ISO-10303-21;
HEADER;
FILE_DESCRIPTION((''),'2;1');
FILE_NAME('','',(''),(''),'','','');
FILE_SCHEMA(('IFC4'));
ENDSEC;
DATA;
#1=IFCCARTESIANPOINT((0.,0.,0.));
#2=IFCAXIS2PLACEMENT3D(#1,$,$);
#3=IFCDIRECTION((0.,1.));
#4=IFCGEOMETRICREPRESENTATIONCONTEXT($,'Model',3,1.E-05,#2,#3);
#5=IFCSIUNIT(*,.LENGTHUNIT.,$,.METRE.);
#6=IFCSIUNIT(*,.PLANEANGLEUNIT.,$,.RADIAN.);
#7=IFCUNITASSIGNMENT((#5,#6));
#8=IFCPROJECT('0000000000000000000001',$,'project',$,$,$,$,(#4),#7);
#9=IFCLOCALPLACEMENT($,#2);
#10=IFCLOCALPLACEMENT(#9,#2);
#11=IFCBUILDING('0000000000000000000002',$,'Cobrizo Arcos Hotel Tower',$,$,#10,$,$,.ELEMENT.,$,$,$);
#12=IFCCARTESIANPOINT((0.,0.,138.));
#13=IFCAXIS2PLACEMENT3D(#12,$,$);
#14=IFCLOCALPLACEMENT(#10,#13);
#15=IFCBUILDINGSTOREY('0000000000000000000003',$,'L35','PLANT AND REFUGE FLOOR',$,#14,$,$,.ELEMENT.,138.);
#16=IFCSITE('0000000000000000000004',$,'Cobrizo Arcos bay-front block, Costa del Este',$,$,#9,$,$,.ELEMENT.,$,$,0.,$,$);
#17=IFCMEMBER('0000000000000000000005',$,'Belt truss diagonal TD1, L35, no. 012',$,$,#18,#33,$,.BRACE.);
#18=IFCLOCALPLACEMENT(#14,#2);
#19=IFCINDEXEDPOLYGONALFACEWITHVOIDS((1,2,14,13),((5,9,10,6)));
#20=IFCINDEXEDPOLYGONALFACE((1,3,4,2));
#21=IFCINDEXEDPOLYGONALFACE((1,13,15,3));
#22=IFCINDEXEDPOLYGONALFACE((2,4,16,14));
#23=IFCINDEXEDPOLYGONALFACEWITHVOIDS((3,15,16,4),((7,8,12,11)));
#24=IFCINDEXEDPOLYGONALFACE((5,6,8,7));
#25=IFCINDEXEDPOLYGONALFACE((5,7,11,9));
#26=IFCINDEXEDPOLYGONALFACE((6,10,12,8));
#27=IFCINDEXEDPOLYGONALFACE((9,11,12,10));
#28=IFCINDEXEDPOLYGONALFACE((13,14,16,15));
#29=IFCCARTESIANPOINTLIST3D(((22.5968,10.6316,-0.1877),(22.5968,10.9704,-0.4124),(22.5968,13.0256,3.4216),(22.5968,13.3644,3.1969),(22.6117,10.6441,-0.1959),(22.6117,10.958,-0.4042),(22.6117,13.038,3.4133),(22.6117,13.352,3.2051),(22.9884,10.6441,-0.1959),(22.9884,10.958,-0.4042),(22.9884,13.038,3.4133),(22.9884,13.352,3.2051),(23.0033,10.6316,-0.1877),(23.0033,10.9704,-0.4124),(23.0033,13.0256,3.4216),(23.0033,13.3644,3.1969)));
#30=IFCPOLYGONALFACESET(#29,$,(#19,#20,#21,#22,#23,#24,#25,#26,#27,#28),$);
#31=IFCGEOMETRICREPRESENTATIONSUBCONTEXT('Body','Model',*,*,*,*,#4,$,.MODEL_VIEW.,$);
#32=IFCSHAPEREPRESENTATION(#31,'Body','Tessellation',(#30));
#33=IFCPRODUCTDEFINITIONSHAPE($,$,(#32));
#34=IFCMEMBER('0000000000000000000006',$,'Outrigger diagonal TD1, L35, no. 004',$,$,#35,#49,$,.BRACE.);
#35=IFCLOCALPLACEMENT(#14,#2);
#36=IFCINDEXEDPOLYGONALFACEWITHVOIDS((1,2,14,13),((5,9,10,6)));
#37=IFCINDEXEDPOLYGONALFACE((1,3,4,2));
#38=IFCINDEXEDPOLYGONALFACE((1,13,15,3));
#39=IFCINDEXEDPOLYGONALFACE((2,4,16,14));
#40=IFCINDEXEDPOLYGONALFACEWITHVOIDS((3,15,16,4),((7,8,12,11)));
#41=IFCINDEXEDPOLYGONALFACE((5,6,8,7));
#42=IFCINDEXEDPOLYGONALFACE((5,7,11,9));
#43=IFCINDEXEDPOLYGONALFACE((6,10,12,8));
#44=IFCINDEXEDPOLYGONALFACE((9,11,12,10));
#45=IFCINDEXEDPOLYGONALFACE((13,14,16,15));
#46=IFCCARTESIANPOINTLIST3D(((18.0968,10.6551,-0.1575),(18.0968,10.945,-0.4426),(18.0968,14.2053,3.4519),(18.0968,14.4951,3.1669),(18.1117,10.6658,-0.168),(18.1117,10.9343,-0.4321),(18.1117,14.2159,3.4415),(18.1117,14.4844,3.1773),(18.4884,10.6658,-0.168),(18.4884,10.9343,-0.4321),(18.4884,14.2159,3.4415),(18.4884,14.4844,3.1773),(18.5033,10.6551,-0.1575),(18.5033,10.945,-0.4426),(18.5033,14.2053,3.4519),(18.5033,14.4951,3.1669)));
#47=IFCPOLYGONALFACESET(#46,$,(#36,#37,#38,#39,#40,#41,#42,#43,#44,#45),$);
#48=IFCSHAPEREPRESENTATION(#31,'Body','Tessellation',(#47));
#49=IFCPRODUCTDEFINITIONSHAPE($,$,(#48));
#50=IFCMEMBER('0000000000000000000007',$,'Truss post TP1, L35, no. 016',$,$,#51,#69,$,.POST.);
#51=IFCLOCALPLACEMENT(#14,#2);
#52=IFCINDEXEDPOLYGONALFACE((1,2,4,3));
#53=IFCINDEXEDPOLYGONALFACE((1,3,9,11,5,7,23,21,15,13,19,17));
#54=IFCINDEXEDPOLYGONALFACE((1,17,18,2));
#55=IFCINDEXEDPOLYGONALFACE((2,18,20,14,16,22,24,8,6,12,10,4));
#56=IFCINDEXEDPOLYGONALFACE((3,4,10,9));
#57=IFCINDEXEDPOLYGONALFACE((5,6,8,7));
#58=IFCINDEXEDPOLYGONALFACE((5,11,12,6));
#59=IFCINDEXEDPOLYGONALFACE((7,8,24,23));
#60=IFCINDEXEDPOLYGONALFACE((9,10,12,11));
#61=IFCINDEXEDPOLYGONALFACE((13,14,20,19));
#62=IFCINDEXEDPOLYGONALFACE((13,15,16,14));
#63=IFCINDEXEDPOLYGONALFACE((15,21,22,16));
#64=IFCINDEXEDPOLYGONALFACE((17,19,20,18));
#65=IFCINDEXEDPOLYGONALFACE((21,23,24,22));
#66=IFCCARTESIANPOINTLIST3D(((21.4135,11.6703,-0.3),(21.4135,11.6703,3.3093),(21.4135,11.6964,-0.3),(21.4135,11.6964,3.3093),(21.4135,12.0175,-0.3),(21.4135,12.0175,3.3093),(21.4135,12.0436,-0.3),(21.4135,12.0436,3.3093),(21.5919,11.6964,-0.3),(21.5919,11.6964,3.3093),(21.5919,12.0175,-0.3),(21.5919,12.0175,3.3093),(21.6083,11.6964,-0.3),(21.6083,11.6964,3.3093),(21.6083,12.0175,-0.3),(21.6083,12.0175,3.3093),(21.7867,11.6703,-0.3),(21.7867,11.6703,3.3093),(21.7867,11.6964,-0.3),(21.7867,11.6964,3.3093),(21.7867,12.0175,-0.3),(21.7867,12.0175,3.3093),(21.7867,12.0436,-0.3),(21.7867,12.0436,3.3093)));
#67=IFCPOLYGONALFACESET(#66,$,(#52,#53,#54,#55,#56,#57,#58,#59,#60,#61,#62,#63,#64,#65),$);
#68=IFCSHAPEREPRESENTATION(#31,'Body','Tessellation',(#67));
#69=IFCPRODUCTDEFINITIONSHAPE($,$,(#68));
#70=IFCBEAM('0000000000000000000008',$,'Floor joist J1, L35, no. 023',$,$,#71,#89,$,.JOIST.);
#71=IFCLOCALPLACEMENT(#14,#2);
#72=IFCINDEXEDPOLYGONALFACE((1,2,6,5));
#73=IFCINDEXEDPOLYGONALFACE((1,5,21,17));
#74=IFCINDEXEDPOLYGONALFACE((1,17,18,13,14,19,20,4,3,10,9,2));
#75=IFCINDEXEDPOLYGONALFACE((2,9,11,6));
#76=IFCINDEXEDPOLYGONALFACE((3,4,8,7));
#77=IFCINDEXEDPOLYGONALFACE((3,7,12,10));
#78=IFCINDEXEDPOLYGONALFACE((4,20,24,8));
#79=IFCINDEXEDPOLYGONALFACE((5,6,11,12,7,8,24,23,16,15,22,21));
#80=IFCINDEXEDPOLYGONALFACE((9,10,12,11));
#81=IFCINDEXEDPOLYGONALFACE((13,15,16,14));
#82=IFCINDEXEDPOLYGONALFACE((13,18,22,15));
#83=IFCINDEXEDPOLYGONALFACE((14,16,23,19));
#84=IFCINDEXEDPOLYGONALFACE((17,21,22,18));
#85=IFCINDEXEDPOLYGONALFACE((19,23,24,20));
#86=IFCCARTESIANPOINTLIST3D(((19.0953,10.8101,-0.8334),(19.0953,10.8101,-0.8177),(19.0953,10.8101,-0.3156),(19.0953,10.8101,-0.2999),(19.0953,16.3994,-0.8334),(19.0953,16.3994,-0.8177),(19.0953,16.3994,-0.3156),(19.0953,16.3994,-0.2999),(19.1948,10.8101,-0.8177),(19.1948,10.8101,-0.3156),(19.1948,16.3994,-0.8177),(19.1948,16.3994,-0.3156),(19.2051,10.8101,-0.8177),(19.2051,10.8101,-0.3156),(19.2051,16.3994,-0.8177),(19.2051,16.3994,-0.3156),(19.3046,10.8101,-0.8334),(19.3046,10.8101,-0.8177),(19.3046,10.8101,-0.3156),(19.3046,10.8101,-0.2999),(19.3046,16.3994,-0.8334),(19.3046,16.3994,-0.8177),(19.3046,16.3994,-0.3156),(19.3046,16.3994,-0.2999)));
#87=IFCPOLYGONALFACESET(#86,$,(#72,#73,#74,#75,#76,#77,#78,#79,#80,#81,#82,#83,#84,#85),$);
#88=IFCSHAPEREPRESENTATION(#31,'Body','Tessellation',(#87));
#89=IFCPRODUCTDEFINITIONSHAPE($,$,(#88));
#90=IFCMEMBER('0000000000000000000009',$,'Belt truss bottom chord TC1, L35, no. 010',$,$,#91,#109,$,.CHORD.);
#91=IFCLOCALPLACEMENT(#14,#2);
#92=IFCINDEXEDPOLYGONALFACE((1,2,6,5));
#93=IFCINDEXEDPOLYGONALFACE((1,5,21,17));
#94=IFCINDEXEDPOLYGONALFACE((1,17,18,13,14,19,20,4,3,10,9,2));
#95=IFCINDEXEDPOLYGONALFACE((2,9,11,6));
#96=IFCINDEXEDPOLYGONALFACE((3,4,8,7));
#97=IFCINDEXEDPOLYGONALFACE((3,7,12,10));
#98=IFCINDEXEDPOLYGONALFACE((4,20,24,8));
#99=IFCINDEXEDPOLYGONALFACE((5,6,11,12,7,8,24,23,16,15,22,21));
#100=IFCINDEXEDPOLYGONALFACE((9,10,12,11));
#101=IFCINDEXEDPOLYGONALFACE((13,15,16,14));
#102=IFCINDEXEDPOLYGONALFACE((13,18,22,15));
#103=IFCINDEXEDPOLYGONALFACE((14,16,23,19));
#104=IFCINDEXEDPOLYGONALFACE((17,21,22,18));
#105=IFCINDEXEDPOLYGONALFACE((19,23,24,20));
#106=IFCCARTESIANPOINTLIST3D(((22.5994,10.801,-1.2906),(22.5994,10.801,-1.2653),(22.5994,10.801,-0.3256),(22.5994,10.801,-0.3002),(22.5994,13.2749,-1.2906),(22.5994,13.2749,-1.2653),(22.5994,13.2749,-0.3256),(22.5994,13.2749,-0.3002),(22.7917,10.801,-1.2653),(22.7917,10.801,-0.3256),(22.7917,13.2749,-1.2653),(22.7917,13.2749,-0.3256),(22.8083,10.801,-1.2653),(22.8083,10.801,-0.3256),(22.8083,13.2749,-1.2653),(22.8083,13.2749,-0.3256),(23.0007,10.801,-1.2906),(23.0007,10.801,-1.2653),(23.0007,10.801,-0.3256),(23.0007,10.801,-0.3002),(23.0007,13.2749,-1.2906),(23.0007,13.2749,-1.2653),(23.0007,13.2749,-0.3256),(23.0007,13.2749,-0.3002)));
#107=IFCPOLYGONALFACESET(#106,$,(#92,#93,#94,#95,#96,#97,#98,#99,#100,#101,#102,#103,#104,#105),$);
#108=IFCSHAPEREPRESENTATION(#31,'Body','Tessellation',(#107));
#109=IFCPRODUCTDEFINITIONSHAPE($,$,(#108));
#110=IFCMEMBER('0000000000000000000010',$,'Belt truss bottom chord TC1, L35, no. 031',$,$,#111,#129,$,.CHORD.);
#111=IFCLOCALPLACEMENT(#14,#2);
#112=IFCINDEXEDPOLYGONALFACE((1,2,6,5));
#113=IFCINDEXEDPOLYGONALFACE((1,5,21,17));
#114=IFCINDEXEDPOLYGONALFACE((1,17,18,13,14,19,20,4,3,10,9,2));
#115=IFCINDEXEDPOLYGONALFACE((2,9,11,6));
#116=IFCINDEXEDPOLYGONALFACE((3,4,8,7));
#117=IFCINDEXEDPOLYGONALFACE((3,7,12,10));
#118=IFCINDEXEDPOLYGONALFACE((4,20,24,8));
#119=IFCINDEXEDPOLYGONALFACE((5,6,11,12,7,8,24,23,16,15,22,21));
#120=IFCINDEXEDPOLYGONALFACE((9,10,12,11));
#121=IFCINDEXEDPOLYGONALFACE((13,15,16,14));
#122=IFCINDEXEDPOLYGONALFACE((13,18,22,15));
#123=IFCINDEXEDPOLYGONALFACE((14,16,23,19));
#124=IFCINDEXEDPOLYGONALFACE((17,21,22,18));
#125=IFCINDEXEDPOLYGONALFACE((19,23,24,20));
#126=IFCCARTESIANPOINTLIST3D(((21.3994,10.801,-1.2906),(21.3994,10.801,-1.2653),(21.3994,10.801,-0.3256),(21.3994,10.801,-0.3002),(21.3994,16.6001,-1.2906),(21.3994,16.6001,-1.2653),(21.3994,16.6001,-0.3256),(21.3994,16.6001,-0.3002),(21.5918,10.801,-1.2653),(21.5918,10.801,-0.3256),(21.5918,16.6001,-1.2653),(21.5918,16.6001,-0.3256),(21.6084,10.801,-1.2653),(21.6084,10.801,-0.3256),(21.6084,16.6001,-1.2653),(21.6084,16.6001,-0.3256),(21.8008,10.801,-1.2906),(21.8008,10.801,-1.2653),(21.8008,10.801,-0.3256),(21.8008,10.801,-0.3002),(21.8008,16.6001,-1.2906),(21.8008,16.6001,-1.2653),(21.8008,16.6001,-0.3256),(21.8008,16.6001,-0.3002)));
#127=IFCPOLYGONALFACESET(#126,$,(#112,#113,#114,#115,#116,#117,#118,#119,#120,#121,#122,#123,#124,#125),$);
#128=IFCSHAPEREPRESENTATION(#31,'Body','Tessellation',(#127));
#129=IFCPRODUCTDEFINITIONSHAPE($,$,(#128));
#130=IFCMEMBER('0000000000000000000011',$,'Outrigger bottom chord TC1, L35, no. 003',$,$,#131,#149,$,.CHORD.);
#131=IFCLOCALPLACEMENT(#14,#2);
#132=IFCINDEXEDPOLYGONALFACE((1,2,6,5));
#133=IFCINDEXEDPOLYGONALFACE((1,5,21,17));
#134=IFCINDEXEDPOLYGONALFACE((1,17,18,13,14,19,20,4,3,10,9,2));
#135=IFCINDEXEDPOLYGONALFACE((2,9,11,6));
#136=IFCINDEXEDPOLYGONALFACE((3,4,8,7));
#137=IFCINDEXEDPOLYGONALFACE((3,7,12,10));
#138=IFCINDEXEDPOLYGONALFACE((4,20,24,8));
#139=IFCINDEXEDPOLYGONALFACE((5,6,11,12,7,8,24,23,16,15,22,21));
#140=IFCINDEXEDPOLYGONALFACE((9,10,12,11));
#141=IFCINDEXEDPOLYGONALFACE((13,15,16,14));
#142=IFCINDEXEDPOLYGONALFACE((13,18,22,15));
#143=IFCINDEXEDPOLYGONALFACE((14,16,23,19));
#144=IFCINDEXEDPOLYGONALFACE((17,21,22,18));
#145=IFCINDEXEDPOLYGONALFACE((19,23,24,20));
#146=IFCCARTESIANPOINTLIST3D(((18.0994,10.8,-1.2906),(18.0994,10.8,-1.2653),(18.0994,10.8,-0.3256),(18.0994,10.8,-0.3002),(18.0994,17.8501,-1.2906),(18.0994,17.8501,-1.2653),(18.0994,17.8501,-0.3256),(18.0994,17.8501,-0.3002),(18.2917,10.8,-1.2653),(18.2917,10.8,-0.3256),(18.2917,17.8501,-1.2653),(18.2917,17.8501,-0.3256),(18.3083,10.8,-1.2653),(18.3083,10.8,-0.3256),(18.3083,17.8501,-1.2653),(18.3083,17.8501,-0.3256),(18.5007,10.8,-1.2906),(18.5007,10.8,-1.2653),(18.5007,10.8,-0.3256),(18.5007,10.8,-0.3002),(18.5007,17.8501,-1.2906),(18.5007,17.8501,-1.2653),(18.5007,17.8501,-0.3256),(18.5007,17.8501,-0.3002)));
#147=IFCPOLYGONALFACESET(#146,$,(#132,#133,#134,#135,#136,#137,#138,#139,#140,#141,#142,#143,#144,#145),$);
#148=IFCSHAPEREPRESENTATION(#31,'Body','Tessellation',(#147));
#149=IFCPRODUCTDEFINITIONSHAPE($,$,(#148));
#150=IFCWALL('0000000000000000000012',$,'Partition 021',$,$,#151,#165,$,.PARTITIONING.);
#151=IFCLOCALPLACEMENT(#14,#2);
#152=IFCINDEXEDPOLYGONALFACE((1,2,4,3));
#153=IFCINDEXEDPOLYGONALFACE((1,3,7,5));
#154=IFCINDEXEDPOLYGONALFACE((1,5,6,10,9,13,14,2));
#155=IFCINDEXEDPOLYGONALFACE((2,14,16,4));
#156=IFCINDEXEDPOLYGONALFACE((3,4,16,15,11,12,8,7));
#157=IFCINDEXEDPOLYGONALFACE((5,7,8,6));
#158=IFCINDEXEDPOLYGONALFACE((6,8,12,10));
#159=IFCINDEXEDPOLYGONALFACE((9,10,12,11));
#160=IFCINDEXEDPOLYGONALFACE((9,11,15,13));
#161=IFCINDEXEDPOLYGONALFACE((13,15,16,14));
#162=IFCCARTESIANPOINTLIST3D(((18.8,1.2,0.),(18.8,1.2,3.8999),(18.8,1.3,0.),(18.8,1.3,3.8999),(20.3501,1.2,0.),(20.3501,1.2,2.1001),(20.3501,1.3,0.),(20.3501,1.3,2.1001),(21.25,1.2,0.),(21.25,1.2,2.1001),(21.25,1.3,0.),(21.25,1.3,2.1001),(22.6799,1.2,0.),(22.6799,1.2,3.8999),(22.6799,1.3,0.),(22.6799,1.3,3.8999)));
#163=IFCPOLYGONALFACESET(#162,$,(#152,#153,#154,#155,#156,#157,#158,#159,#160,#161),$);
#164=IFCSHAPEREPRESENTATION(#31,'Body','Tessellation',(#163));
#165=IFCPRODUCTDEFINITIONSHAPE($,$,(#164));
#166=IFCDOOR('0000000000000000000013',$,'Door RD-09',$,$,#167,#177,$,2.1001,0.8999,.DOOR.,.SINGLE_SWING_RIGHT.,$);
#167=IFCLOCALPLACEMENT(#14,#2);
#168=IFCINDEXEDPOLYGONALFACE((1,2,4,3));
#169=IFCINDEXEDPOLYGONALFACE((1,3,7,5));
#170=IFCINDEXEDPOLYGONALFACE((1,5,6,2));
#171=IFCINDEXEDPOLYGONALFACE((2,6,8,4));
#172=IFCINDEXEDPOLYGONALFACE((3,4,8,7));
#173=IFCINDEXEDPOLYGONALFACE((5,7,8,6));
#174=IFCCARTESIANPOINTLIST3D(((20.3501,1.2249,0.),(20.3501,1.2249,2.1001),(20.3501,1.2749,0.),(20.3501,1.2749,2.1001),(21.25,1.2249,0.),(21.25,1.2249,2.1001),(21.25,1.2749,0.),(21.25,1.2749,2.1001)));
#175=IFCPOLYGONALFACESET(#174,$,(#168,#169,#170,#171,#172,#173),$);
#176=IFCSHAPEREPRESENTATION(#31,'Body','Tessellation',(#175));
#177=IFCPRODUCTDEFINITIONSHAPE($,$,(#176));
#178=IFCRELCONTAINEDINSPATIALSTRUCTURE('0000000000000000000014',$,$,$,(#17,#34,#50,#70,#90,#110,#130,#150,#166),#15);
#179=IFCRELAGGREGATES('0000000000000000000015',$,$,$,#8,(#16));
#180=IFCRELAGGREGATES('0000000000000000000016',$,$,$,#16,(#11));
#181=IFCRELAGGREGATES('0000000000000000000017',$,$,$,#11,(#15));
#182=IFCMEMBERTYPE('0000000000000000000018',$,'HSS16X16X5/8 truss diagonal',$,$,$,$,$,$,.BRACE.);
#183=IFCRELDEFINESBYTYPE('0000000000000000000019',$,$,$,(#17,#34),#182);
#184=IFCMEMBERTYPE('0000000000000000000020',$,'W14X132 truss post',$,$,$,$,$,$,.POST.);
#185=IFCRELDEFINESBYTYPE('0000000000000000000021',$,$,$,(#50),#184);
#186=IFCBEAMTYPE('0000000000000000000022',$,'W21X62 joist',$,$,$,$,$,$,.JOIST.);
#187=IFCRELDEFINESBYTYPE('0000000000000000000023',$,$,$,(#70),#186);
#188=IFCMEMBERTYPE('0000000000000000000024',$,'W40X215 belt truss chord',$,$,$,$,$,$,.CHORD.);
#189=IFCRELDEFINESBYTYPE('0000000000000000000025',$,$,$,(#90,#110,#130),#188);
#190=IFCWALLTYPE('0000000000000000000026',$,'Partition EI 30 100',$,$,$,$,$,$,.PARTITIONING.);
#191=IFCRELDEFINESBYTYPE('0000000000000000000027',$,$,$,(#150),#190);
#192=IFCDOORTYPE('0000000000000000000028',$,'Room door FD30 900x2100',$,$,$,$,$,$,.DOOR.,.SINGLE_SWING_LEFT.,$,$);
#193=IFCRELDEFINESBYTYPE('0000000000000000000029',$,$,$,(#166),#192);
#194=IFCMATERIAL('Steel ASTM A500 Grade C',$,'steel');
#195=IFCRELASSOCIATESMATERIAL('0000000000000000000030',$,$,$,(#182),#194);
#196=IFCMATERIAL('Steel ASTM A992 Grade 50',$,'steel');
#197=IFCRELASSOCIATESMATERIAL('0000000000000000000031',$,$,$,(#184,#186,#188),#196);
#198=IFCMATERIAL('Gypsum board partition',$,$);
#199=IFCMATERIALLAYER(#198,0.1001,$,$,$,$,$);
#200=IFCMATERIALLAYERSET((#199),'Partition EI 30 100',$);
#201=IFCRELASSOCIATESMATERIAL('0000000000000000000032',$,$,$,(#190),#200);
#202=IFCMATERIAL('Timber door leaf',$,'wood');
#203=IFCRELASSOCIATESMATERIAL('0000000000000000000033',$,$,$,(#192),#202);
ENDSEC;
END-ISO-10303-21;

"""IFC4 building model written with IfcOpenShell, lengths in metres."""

from ifc_helpers import new_model, si_unit, direction, frame, frame_2d, origin, origin_2d, place, context, subcontext, project, spatial, rectangle, hollow_rectangle, i_section, extrude, material, layer, layer_set, material_profile, profile_set, type_object, element, fill, save


model = new_model("IFC4")

# Units and contexts
model_context = context("Model", 3, precision=1e-05, world=origin(), true_north=direction((0.0, 1.0)))
body_context = subcontext(model_context, "Body", "Model", "MODEL_VIEW")
ifc_project = project(units=[si_unit("LENGTHUNIT", "METRE"), si_unit("PLANEANGLEUNIT", "RADIAN")], contexts=[model_context])

# Site, building, storey
site_placement = place(None, origin())
site = spatial("IfcSite", under=ifc_project, at=site_placement, Name="Cobrizo Arcos bay-front block, Costa del Este", CompositionType="ELEMENT", RefElevation=0.0)
building_placement = place(site_placement, origin())
building = spatial("IfcBuilding", under=site, at=building_placement, Name="Cobrizo Arcos Hotel Tower", CompositionType="ELEMENT")
storey_placement = place(building_placement, frame((0.0, 0.0, 138.0)))
storey = spatial("IfcBuildingStorey", under=building, at=storey_placement, Name="L35", Description="PLANT AND REFUGE FLOOR", CompositionType="ELEMENT", Elevation=138.0)

# Members
ifc_material_1 = material(Name="Steel ASTM A500 Grade C", Category="steel")
ifc_material_profile_1 = material_profile(ifc_material_1, hollow_rectangle(XDim=0.4065, YDim=0.4065, WallThickness=0.0149, at=origin_2d()), Name="HSS16X16X5/8")
ifc_profile_set_1 = profile_set([ifc_material_profile_1], Name="Steel ASTM A500 Grade C")
member_type_1 = type_object("IfcMemberType", Name="HSS16X16X5/8 truss diagonal", PredefinedType="BRACE", material=ifc_profile_set_1)
member_1_placement = place(storey_placement, frame((22.8, 10.801, -0.3), z_axis=(0.0, 0.552747, 0.833349), x_axis=(-1.0, 0.0, 0.0)))
element("IfcMember", 1, at=member_1_placement, inside=storey, type_object=member_type_1, Name="Belt truss diagonal TD1, L35, no. 012", PredefinedType="BRACE", context=body_context, shape_type="SweptSolid", body=[
    extrude(hollow_rectangle(XDim=0.4065, YDim=0.4065, WallThickness=0.0149, at=origin_2d()), origin(), (0.0, 0.0, 1.0), 4.3311),
])
member_2_placement = place(storey_placement, frame((18.3, 10.8, -0.3), z_axis=(0.0, 0.701223, 0.712942), x_axis=(-1.0, 0.0, 0.0)))
element("IfcMember", 2, at=member_2_placement, inside=storey, type_object=member_type_1, Name="Outrigger diagonal TD1, L35, no. 004", PredefinedType="BRACE", context=body_context, shape_type="SweptSolid", body=[
    extrude(hollow_rectangle(XDim=0.4065, YDim=0.4065, WallThickness=0.0149, at=origin_2d()), origin(), (0.0, 0.0, 1.0), 5.0627),
])
ifc_material_2 = material(Name="Steel ASTM A992 Grade 50", Category="steel")
ifc_material_profile_2 = material_profile(ifc_material_2, i_section(OverallWidth=0.3733, OverallDepth=0.3733, WebThickness=0.0164, FlangeThickness=0.0261, at=origin_2d()), Name="W14X132")
ifc_profile_set_2 = profile_set([ifc_material_profile_2], Name="Steel ASTM A992 Grade 50")
member_type_2 = type_object("IfcMemberType", Name="W14X132 truss post", PredefinedType="POST", material=ifc_profile_set_2)
member_3_placement = place(storey_placement, frame((21.6001, 11.8569, -0.3), z_axis=(0.0, 0.0, 1.0), x_axis=(1.0, 0.0, 0.0)))
element("IfcMember", 3, at=member_3_placement, inside=storey, type_object=member_type_2, Name="Truss post TP1, L35, no. 016", PredefinedType="POST", context=body_context, shape_type="SweptSolid", body=[
    extrude(i_section(OverallWidth=0.3733, OverallDepth=0.3733, WebThickness=0.0164, FlangeThickness=0.0261, at=origin_2d()), origin(), (0.0, 0.0, 1.0), 3.6094),
])

# Beam
ifc_material_profile_3 = material_profile(ifc_material_2, i_section(OverallWidth=0.2092, OverallDepth=0.5334, WebThickness=0.0103, FlangeThickness=0.0156, at=origin_2d()), Name="W21X62")
ifc_profile_set_3 = profile_set([ifc_material_profile_3], Name="Steel ASTM A992 Grade 50")
beam_type = type_object("IfcBeamType", Name="W21X62 joist", PredefinedType="JOIST", material=ifc_profile_set_3)
beam_placement = place(storey_placement, frame((19.2, 10.8101, -0.5667), z_axis=(0.0, 1.0, 0.0), x_axis=(-1.0, 0.0, 0.0)))
element("IfcBeam", 4, at=beam_placement, inside=storey, type_object=beam_type, Name="Floor joist J1, L35, no. 023", PredefinedType="JOIST", context=body_context, shape_type="SweptSolid", body=[
    extrude(i_section(OverallWidth=0.2092, OverallDepth=0.5334, WebThickness=0.0103, FlangeThickness=0.0156, at=origin_2d()), origin(), (0.0, 0.0, 1.0), 5.5894),
])

# Members
ifc_material_profile_4 = material_profile(ifc_material_2, i_section(OverallWidth=0.4014, OverallDepth=0.9905, WebThickness=0.0166, FlangeThickness=0.0254, at=origin_2d()), Name="W40X215")
ifc_profile_set_4 = profile_set([ifc_material_profile_4], Name="Steel ASTM A992 Grade 50")
member_type_3 = type_object("IfcMemberType", Name="W40X215 belt truss chord", PredefinedType="CHORD", material=ifc_profile_set_4)
member_4_placement = place(storey_placement, frame((22.8, 10.801, -0.7954), z_axis=(0.0, 1.0, 0.0), x_axis=(-1.0, 0.0, 0.0)))
element("IfcMember", 5, at=member_4_placement, inside=storey, type_object=member_type_3, Name="Belt truss bottom chord TC1, L35, no. 010", PredefinedType="CHORD", context=body_context, shape_type="SweptSolid", body=[
    extrude(i_section(OverallWidth=0.4014, OverallDepth=0.9905, WebThickness=0.0166, FlangeThickness=0.0254, at=origin_2d()), origin(), (0.0, 0.0, 1.0), 2.4739),
])
member_5_placement = place(storey_placement, frame((21.6001, 10.801, -0.7954), z_axis=(0.0, 1.0, 0.0), x_axis=(-1.0, 0.0, 0.0)))
element("IfcMember", 6, at=member_5_placement, inside=storey, type_object=member_type_3, Name="Belt truss bottom chord TC1, L35, no. 031", PredefinedType="CHORD", context=body_context, shape_type="SweptSolid", body=[
    extrude(i_section(OverallWidth=0.4014, OverallDepth=0.9905, WebThickness=0.0166, FlangeThickness=0.0254, at=origin_2d()), origin(), (0.0, 0.0, 1.0), 5.7991),
])
member_6_placement = place(storey_placement, frame((18.3, 10.8, -0.7954), z_axis=(0.0, 1.0, 0.0), x_axis=(-1.0, 0.0, 0.0)))
element("IfcMember", 7, at=member_6_placement, inside=storey, type_object=member_type_3, Name="Outrigger bottom chord TC1, L35, no. 003", PredefinedType="CHORD", context=body_context, shape_type="SweptSolid", body=[
    extrude(i_section(OverallWidth=0.4014, OverallDepth=0.9905, WebThickness=0.0166, FlangeThickness=0.0254, at=origin_2d()), origin(), (0.0, 0.0, 1.0), 7.05),
])

# Wall, opening, door
ifc_material_3 = material(Name="Gypsum board partition")
ifc_layer_1 = layer(ifc_material_3, 0.1001)
ifc_layer_set_1 = layer_set([ifc_layer_1], Name="Partition EI 30 100")
wall_type_1 = type_object("IfcWallType", Name="Partition EI 30 100", PredefinedType="PARTITIONING", material=ifc_layer_set_1)
wall_1_placement = place(storey_placement, frame((18.8, 1.25, 0.0), z_axis=(0.0, 0.0, 1.0), x_axis=(1.0, 0.0, 0.0)))
wall_1 = element("IfcWall", 8, at=wall_1_placement, inside=storey, type_object=wall_type_1, Name="Partition 021", PredefinedType="PARTITIONING", context=body_context, shape_type="SweptSolid", body=[
    extrude(rectangle(XDim=3.8799, YDim=0.1001, at=frame_2d((1.9399, 0.0))), origin(), (0.0, 0.0, 1.0), 3.8999),
])
opening_1_placement = place(wall_1_placement, frame((1.55, 0.0, 0.0)))
opening_1 = element("IfcOpeningElement", 9, at=opening_1_placement, cuts=wall_1, PredefinedType="OPENING", context=body_context, shape_type="SweptSolid", body=[
    extrude(rectangle(XDim=0.8999, YDim=2.1001, at=frame_2d((0.45, 1.05))), frame((0.0, 0.062, 0.0), z_axis=(0.0, -1.0, 0.0), x_axis=(1.0, 0.0, 0.0)), (0.0, 0.0, 1.0), 0.124),
])
ifc_material_4 = material(Name="Timber door leaf", Category="wood")
door_type = type_object("IfcDoorType", Name="Room door FD30 900x2100", OperationType="SINGLE_SWING_LEFT", PredefinedType="DOOR", material=ifc_material_4)
door_1_placement = place(opening_1_placement, origin())
door_1 = element("IfcDoor", 10, at=door_1_placement, inside=storey, type_object=door_type, Name="Door RD-09", OperationType="SINGLE_SWING_RIGHT", OverallHeight=2.1001, OverallWidth=0.8999, PredefinedType="DOOR", context=body_context, shape_type="SweptSolid", body=[
    extrude(rectangle(XDim=0.8999, YDim=2.1001, at=frame_2d((0.45, 1.05))), frame((0.0, 0.0249, 0.0), z_axis=(0.0, -1.0, 0.0), x_axis=(1.0, 0.0, 0.0)), (0.0, 0.0, 1.0), 0.05),
])
fill(opening_1, door_1)

save(model, "model.ifc")
